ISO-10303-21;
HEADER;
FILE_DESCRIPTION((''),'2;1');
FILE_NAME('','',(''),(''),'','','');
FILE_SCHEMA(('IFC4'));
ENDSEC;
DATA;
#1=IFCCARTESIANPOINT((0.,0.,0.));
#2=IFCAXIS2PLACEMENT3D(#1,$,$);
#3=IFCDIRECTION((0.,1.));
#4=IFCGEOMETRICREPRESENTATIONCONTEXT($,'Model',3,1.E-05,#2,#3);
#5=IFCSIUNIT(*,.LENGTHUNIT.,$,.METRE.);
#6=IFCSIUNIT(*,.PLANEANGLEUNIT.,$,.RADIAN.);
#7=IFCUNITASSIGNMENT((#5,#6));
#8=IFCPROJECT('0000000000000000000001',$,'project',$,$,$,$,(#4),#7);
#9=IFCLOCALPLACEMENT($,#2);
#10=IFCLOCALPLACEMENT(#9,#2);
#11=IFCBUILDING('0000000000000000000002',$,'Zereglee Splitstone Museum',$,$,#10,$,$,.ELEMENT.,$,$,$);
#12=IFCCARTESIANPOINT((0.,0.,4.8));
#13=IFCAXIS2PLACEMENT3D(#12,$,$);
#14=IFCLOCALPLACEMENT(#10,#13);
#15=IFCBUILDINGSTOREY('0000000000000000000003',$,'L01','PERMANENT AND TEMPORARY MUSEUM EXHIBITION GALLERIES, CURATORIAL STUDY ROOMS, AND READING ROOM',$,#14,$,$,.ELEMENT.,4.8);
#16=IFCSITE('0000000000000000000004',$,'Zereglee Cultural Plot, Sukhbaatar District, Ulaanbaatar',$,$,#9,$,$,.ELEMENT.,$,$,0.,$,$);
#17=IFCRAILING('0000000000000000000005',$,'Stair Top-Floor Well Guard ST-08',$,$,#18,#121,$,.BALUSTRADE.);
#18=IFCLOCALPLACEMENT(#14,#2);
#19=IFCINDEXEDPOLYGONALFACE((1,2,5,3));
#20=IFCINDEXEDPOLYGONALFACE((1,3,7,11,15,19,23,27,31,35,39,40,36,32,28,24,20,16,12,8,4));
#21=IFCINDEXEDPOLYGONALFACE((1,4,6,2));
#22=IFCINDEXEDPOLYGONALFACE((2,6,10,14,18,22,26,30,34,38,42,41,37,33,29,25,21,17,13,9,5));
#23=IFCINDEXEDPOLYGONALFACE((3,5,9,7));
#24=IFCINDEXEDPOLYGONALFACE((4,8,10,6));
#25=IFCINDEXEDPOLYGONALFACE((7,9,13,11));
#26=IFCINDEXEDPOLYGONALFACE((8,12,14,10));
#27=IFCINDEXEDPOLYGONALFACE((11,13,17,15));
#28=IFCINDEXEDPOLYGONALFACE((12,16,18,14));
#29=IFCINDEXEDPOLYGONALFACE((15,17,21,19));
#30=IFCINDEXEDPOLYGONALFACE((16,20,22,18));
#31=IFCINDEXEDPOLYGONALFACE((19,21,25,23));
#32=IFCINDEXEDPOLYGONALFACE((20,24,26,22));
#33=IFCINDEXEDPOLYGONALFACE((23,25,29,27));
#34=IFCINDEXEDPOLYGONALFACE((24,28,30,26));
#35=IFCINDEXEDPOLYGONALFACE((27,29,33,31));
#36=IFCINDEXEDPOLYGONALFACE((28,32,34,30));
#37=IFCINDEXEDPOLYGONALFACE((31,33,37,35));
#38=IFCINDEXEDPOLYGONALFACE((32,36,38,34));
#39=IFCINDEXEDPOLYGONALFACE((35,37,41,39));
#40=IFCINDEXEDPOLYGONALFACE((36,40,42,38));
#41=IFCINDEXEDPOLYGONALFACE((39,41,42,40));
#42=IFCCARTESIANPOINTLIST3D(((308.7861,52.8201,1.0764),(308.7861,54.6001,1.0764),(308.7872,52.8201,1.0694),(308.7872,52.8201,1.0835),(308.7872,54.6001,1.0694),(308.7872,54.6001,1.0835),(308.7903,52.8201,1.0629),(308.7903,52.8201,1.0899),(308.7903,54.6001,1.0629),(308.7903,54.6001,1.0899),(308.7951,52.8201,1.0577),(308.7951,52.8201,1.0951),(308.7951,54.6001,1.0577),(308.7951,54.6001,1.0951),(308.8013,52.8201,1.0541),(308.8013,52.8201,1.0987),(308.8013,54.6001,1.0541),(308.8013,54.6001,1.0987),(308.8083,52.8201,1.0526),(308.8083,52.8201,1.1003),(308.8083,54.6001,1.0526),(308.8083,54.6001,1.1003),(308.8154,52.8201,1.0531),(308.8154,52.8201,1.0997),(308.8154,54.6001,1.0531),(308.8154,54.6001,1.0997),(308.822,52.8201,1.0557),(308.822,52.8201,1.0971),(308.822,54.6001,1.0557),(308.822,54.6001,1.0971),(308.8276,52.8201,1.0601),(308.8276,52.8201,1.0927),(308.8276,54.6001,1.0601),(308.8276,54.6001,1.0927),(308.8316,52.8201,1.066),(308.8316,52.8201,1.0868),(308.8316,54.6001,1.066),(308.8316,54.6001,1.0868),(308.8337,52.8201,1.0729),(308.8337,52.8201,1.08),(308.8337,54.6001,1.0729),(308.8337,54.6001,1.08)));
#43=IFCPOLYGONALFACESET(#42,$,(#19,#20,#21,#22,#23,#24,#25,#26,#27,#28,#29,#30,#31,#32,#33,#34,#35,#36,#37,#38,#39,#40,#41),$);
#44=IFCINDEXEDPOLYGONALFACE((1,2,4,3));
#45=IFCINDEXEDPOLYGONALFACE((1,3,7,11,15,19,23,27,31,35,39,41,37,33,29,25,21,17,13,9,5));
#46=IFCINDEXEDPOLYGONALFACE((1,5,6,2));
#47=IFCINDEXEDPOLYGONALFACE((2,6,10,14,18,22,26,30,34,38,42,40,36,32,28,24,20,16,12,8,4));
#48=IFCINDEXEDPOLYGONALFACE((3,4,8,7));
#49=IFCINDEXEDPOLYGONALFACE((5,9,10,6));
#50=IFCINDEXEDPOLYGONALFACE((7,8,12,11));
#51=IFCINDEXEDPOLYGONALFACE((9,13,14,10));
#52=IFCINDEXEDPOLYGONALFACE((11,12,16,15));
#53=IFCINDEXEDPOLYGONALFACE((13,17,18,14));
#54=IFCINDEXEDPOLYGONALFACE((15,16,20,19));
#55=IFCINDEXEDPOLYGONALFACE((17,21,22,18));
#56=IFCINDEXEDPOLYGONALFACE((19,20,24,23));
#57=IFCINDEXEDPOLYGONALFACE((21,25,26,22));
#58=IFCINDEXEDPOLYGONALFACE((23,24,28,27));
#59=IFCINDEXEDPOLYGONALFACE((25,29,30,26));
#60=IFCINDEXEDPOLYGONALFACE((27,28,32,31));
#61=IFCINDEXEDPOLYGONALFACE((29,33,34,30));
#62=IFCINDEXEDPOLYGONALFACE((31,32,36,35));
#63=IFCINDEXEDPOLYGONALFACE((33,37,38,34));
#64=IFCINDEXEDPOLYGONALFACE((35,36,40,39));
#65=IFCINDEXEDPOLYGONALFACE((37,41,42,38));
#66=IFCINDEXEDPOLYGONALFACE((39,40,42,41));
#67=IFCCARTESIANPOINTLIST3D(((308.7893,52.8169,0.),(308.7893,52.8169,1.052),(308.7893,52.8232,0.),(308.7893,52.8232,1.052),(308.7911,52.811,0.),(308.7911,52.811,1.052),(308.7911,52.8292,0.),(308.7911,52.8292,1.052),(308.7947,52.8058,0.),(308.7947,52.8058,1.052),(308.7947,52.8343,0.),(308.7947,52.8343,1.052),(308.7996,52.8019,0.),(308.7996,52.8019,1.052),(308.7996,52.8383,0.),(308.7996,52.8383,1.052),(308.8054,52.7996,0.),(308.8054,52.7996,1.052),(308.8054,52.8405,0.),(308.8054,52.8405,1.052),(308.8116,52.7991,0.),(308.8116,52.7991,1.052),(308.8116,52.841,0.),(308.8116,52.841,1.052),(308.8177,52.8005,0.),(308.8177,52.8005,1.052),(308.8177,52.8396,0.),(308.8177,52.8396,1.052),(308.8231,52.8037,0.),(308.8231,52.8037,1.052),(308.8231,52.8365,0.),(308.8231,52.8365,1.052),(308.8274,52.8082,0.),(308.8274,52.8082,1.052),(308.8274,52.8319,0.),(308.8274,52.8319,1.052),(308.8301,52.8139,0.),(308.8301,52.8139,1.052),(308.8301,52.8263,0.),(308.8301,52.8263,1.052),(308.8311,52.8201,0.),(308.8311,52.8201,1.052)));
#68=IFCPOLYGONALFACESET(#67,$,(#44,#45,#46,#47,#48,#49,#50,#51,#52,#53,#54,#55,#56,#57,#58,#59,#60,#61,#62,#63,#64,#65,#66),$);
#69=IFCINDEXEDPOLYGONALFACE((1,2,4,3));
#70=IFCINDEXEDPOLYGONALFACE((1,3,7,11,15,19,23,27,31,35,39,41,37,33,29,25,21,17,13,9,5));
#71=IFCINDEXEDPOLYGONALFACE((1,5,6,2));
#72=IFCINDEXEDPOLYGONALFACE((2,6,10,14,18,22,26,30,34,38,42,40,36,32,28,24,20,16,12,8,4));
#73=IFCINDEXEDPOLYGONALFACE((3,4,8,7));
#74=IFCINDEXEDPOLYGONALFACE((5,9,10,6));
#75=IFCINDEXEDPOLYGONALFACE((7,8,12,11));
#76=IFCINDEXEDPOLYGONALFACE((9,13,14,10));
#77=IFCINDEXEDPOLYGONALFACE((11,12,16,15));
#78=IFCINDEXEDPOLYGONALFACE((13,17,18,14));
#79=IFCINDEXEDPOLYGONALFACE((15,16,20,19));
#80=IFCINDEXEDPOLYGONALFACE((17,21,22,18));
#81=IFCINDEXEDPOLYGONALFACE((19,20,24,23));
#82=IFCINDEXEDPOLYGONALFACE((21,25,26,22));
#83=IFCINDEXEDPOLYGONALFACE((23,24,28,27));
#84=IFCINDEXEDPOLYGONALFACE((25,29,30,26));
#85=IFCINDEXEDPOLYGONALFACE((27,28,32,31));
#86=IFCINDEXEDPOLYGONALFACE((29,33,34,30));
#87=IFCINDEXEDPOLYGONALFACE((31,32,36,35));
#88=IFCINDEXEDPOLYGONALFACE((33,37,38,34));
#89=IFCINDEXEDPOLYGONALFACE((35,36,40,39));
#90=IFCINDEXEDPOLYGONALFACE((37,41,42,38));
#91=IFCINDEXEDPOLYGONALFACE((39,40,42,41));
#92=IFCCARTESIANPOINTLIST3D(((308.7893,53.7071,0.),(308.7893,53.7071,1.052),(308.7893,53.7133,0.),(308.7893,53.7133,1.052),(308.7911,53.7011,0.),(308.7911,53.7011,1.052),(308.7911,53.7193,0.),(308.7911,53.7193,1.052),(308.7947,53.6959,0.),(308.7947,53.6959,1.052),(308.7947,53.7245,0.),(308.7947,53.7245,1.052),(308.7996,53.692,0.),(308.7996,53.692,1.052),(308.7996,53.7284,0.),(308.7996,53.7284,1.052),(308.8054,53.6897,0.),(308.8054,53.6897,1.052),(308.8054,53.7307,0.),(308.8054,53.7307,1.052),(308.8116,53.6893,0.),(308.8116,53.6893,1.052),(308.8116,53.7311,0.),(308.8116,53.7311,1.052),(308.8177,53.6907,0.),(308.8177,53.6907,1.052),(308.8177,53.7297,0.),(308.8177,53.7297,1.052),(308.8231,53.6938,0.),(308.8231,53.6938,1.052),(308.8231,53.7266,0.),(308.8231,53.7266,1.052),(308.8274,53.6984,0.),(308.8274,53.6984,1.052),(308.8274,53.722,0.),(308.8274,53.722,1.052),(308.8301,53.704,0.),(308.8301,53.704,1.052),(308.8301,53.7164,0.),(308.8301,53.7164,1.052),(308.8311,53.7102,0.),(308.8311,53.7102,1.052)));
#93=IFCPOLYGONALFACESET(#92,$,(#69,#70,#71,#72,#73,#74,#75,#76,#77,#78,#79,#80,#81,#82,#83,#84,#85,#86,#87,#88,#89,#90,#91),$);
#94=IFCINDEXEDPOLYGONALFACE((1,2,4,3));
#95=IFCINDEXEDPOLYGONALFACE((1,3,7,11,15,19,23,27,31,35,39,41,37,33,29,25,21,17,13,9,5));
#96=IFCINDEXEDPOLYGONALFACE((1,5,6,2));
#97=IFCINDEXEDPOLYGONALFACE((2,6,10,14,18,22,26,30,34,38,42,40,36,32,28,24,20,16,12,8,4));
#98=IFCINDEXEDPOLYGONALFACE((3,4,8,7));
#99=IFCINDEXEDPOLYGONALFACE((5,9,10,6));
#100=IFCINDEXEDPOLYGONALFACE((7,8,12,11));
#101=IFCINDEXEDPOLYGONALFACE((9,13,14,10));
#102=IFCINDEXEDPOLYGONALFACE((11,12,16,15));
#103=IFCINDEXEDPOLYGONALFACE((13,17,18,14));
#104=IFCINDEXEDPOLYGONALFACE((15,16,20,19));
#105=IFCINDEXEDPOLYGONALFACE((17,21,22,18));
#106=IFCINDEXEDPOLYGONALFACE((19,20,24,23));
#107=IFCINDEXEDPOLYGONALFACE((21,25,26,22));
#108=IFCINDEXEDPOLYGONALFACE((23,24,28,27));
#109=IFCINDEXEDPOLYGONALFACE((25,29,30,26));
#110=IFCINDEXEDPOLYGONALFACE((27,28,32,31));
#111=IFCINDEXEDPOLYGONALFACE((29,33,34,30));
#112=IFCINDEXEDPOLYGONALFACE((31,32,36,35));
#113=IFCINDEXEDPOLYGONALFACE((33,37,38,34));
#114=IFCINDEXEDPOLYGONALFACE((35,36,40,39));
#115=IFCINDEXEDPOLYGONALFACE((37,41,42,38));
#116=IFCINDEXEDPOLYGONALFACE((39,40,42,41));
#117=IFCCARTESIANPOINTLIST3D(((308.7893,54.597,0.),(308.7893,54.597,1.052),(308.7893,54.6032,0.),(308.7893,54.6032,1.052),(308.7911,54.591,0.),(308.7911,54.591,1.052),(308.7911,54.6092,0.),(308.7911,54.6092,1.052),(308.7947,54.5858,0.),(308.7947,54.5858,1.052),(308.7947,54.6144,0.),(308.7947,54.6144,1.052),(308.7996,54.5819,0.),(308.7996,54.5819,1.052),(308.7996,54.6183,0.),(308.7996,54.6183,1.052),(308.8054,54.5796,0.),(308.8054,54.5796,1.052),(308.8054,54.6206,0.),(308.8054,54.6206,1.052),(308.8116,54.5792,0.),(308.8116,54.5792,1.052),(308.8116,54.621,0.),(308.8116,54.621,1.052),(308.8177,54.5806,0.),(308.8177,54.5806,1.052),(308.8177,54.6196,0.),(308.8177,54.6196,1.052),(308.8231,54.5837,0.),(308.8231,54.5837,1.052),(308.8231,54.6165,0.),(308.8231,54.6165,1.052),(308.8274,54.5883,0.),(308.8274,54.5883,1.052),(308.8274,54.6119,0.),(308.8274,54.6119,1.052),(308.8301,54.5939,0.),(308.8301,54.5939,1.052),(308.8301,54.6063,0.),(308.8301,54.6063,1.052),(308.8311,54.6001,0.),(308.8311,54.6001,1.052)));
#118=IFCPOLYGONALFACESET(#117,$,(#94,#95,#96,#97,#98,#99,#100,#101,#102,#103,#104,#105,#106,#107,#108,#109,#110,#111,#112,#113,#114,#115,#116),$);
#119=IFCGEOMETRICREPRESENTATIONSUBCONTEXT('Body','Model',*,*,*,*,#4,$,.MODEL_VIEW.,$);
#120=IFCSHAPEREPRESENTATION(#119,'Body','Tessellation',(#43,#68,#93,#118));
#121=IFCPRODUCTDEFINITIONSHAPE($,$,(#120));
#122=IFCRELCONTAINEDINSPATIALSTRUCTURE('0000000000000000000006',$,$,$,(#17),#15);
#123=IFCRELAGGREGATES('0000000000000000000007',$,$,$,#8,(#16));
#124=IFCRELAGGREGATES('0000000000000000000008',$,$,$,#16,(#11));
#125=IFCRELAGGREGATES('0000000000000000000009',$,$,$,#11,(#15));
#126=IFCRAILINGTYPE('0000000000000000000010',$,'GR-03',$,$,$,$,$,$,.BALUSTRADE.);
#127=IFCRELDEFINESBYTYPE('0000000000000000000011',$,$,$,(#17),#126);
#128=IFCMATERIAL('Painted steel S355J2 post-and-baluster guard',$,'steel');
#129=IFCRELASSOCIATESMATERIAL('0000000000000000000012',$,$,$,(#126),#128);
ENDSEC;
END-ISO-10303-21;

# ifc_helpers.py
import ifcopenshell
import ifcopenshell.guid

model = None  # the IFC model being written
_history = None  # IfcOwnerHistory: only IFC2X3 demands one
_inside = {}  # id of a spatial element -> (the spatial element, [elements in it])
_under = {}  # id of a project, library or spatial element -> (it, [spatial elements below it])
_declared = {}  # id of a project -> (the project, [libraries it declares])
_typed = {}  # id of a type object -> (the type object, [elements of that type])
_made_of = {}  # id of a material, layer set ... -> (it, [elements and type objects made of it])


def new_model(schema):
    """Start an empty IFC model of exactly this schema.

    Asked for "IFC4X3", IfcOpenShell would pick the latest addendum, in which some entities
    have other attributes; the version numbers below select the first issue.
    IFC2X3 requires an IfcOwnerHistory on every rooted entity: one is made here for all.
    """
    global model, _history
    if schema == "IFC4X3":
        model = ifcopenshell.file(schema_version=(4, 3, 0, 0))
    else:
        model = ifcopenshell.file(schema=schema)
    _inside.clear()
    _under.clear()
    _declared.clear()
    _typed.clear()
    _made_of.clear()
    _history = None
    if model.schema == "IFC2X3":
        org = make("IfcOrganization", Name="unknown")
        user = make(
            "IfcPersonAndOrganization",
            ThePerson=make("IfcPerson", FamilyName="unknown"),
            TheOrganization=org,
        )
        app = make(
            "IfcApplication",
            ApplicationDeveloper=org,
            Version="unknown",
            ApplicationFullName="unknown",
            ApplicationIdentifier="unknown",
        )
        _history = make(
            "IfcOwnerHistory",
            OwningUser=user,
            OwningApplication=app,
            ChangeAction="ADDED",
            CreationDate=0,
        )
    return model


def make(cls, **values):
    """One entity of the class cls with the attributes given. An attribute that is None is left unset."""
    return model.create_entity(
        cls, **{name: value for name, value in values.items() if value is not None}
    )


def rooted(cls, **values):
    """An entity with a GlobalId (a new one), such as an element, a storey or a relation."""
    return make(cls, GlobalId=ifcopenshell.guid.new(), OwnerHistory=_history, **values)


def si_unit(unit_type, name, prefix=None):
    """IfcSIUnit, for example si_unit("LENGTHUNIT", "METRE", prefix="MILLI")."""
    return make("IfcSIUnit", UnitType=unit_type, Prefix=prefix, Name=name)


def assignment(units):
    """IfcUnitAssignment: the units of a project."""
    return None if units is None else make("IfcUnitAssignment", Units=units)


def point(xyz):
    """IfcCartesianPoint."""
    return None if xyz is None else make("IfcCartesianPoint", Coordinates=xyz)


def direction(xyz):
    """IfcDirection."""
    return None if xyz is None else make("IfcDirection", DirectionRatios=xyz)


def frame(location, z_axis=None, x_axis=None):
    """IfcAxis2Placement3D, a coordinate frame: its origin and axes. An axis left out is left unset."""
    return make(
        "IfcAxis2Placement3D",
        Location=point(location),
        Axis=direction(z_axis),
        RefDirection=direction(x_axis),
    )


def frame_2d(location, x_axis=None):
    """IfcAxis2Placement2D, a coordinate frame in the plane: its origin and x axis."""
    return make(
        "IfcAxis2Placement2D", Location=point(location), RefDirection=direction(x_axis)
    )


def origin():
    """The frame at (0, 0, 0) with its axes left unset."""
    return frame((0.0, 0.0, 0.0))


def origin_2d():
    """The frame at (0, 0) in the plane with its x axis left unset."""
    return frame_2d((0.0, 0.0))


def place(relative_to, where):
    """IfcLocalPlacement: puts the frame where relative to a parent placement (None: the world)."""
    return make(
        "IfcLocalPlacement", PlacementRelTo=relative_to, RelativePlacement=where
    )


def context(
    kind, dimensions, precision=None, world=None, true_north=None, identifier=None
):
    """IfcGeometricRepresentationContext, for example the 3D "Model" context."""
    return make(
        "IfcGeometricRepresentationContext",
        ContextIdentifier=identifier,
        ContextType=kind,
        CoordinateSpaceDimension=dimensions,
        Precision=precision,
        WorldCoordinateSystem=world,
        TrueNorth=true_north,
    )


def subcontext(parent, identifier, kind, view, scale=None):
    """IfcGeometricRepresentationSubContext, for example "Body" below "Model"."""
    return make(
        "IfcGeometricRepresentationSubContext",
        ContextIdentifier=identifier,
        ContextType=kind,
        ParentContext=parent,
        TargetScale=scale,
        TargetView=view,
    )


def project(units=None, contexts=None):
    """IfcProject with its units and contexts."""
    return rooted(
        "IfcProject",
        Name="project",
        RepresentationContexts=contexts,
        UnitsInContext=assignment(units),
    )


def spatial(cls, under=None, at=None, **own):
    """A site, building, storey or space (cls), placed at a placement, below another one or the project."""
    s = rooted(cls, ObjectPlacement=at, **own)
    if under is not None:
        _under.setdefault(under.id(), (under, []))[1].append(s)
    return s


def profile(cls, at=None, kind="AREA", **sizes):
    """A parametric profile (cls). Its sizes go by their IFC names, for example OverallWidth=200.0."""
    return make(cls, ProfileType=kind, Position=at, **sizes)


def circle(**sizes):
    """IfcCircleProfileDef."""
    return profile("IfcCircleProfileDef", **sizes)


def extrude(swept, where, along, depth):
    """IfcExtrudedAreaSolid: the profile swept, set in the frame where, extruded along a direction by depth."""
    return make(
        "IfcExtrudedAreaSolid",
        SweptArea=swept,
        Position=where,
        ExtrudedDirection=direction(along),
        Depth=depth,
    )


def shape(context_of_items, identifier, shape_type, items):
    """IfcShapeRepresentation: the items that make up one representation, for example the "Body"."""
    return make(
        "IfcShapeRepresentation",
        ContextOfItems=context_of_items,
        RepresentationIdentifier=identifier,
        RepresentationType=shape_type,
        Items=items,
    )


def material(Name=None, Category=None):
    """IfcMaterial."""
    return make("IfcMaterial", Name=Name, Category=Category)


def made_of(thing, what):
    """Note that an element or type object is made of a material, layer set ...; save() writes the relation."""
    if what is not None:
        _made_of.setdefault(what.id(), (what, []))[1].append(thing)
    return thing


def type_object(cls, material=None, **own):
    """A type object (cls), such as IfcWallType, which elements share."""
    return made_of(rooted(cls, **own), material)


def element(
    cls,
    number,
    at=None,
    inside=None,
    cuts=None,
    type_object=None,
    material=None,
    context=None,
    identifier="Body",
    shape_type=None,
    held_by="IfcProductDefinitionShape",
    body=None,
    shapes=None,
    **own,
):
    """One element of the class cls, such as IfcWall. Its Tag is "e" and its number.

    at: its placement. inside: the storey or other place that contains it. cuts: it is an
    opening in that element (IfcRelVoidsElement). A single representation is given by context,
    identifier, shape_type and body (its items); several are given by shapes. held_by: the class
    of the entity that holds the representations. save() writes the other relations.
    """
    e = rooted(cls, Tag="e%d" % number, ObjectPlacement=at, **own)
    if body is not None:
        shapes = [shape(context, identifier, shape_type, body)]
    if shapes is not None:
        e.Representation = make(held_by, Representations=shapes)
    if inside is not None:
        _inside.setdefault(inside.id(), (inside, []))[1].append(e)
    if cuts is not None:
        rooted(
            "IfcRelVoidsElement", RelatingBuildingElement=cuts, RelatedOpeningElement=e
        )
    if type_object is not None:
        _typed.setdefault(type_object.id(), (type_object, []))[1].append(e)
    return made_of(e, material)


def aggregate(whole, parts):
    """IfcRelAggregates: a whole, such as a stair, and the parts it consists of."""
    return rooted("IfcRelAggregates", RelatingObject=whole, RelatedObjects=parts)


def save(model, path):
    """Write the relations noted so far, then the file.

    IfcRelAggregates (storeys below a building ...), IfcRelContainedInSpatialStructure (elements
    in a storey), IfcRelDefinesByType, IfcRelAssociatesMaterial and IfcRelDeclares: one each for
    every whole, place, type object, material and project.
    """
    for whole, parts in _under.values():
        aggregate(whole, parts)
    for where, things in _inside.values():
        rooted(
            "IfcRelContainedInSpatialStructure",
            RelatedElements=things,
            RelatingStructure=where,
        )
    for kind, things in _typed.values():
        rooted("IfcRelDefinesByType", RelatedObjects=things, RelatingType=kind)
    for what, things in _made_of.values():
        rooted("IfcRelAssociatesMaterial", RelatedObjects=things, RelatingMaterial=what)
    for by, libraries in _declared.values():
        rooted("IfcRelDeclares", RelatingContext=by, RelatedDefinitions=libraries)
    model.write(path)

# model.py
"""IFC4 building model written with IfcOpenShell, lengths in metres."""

from ifc_helpers import new_model, si_unit, direction, frame, origin, origin_2d, place, context, subcontext, project, spatial, circle, extrude, material, type_object, element, save


model = new_model("IFC4")

# Units and contexts
model_context = context("Model", 3, precision=1e-05, world=origin(), true_north=direction((0.0, 1.0)))
body_context = subcontext(model_context, "Body", "Model", "MODEL_VIEW")
ifc_project = project(units=[si_unit("LENGTHUNIT", "METRE"), si_unit("PLANEANGLEUNIT", "RADIAN")], contexts=[model_context])

# Site, building, storey
site_placement = place(None, origin())
site = spatial("IfcSite", under=ifc_project, at=site_placement, Name="Zereglee Cultural Plot, Sukhbaatar District, Ulaanbaatar", CompositionType="ELEMENT", RefElevation=0.0)
building_placement = place(site_placement, origin())
building = spatial("IfcBuilding", under=site, at=building_placement, Name="Zereglee Splitstone Museum", CompositionType="ELEMENT")
storey_placement = place(building_placement, frame((0.0, 0.0, 4.8)))
storey = spatial("IfcBuildingStorey", under=building, at=storey_placement, Name="L01", Description="PERMANENT AND TEMPORARY MUSEUM EXHIBITION GALLERIES, CURATORIAL STUDY ROOMS, AND READING ROOM", CompositionType="ELEMENT", Elevation=4.8)

# Railing
ifc_material_1 = material(Name="Painted steel S355J2 post-and-baluster guard", Category="steel")
railing_type = type_object("IfcRailingType", Name="GR-03", PredefinedType="BALUSTRADE", material=ifc_material_1)
railing_1_placement = place(storey_placement, frame((308.8101, 52.8201, 0.0)))
element("IfcRailing", 1, at=railing_1_placement, inside=storey, type_object=railing_type, Name="Stair Top-Floor Well Guard ST-08", PredefinedType="BALUSTRADE", context=body_context, shape_type="SweptSolid", body=[
    extrude(circle(Radius=0.0239, at=origin_2d()), frame((0.0, 0.0, 1.0764), z_axis=(0.0, 1.0, 0.0), x_axis=(-1.0, 0.0, 0.0)), (0.0, 0.0, 1.0), 1.78),
    extrude(circle(Radius=0.021, at=origin_2d()), origin(), (0.0, 0.0, 1.0), 1.052),
    extrude(circle(Radius=0.021, at=origin_2d()), frame((0.0, 0.8901, 0.0)), (0.0, 0.0, 1.0), 1.052),
    extrude(circle(Radius=0.021, at=origin_2d()), frame((0.0, 1.78, 0.0)), (0.0, 0.0, 1.0), 1.052),
])

save(model, "model.ifc")
